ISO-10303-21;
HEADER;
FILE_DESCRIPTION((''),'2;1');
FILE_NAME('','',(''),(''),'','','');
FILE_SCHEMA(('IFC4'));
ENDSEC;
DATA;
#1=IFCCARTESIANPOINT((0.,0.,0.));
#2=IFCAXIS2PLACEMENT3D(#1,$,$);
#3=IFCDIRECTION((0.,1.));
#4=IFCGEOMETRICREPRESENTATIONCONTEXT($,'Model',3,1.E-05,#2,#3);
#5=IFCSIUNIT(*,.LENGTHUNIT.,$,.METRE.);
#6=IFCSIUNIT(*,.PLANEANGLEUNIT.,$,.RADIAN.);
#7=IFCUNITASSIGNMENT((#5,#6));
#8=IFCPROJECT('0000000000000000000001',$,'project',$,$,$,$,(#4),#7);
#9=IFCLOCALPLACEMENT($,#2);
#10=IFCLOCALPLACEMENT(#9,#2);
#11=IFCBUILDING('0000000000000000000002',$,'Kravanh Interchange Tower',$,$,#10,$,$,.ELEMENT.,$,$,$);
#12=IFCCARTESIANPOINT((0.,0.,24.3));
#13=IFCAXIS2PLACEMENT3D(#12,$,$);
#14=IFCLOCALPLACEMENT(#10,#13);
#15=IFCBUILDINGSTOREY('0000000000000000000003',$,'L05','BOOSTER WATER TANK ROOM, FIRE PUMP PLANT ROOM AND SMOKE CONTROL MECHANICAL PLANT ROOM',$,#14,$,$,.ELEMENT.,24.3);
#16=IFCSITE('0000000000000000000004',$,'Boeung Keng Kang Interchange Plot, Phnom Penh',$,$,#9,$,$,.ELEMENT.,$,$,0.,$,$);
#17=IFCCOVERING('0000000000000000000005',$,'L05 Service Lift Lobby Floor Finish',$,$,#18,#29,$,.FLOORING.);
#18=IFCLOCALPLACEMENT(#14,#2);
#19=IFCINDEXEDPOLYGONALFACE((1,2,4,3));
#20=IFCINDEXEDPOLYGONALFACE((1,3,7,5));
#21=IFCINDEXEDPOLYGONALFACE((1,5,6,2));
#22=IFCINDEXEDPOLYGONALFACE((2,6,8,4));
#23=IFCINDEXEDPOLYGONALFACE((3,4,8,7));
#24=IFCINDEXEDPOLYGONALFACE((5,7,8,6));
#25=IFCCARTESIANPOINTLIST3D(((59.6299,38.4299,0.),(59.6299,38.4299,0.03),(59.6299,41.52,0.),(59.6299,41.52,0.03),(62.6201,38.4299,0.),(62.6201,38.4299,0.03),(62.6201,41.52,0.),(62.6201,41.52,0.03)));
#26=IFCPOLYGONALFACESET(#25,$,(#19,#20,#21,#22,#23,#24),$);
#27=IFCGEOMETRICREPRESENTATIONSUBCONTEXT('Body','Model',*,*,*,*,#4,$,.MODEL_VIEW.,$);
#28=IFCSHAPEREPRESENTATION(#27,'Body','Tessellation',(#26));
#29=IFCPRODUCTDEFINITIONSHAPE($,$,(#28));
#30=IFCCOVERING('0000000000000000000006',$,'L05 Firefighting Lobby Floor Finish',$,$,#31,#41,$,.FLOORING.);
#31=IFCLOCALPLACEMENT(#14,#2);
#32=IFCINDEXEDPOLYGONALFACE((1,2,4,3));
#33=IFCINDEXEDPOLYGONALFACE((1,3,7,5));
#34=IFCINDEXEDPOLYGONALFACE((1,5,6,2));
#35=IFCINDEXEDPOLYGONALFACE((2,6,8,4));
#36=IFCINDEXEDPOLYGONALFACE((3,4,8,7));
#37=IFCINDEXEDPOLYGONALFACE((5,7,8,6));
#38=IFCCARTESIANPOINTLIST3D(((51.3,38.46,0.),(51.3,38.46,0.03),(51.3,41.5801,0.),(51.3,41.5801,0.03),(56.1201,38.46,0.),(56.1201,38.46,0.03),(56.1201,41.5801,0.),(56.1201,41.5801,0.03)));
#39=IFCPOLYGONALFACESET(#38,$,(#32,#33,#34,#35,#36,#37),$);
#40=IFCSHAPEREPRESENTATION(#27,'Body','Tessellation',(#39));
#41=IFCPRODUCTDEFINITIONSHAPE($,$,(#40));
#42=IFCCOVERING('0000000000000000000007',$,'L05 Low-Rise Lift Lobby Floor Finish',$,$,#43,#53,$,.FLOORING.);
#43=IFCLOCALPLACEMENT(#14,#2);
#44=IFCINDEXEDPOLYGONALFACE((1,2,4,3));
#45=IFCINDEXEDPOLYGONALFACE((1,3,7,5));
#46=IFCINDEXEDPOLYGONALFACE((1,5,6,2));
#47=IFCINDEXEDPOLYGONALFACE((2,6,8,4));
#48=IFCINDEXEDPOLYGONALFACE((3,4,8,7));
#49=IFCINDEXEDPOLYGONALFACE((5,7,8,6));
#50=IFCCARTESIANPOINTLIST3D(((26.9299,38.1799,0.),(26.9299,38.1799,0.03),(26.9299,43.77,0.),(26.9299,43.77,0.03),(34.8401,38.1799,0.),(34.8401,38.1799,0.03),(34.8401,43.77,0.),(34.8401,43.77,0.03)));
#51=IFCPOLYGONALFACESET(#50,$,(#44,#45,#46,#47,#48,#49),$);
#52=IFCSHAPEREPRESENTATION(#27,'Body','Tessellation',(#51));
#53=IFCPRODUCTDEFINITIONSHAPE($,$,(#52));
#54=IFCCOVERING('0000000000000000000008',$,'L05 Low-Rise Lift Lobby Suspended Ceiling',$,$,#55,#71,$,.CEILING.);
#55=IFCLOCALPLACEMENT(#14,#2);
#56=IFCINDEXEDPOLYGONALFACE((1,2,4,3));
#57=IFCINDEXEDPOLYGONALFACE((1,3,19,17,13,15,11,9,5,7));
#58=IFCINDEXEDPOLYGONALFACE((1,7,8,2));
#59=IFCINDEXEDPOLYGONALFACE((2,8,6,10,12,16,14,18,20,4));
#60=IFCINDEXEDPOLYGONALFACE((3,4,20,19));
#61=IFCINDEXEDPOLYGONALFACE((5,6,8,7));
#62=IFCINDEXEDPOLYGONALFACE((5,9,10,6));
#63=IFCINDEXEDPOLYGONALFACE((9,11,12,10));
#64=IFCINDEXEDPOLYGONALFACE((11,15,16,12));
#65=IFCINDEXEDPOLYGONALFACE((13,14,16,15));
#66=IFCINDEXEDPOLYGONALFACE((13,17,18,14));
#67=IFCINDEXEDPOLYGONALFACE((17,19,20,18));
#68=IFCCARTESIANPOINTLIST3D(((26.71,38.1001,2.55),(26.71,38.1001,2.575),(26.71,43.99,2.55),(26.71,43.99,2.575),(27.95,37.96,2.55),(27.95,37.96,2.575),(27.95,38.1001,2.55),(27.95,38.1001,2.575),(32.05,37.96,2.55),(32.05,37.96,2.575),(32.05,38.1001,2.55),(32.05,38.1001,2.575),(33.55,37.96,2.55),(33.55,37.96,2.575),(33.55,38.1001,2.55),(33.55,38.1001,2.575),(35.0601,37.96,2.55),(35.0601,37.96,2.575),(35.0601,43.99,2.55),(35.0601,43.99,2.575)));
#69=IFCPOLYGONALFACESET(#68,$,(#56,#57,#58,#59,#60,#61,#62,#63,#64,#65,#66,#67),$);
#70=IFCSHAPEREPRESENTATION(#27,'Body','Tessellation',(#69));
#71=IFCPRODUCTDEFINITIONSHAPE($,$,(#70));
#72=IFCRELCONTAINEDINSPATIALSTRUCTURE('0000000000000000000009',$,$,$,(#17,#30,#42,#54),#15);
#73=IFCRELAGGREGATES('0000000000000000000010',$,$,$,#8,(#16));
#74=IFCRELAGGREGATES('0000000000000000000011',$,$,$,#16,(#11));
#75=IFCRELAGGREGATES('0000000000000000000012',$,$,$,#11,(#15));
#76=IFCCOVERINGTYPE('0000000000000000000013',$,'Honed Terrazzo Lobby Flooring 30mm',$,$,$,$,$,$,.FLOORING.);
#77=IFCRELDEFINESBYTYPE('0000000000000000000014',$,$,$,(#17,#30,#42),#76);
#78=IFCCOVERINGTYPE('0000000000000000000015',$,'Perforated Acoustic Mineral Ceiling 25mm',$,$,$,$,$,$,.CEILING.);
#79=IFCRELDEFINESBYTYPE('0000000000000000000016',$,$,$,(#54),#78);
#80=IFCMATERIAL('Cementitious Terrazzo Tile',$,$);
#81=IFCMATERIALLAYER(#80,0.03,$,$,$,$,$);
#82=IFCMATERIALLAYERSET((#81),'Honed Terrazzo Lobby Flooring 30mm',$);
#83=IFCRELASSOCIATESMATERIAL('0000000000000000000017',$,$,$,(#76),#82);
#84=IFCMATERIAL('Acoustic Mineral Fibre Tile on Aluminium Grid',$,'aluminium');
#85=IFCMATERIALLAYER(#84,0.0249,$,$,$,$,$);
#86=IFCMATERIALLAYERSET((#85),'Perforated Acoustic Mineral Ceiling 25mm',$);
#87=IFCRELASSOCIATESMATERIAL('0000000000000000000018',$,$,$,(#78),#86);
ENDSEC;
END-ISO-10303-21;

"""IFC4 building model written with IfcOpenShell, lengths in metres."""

from ifc_helpers import new_model, si_unit, direction, frame, origin, place, context, subcontext, project, spatial, polyline, outline, extrude, material, layer, layer_set, type_object, element, save


model = new_model("IFC4")

# Units and contexts
model_context = context("Model", 3, precision=1e-05, world=origin(), true_north=direction((0.0, 1.0)))
body_context = subcontext(model_context, "Body", "Model", "MODEL_VIEW")
ifc_project = project(units=[si_unit("LENGTHUNIT", "METRE"), si_unit("PLANEANGLEUNIT", "RADIAN")], contexts=[model_context])

# Site, building, storey
site_placement = place(None, origin())
site = spatial("IfcSite", under=ifc_project, at=site_placement, Name="Boeung Keng Kang Interchange Plot, Phnom Penh", CompositionType="ELEMENT", RefElevation=0.0)
building_placement = place(site_placement, origin())
building = spatial("IfcBuilding", under=site, at=building_placement, Name="Kravanh Interchange Tower", CompositionType="ELEMENT")
storey_placement = place(building_placement, frame((0.0, 0.0, 24.3)))
storey = spatial("IfcBuildingStorey", under=building, at=storey_placement, Name="L05", Description="BOOSTER WATER TANK ROOM, FIRE PUMP PLANT ROOM AND SMOKE CONTROL MECHANICAL PLANT ROOM", CompositionType="ELEMENT", Elevation=24.3)

# Coverings
ifc_material_1 = material(Name="Cementitious Terrazzo Tile")
ifc_layer_1 = layer(ifc_material_1, 0.03)
ifc_layer_set_1 = layer_set([ifc_layer_1], Name="Honed Terrazzo Lobby Flooring 30mm")
covering_type_1 = type_object("IfcCoveringType", Name="Honed Terrazzo Lobby Flooring 30mm", PredefinedType="FLOORING", material=ifc_layer_set_1)
covering_1_placement = place(storey_placement, origin())
element("IfcCovering", 1, at=covering_1_placement, inside=storey, type_object=covering_type_1, Name="L05 Service Lift Lobby Floor Finish", PredefinedType="FLOORING", context=body_context, shape_type="SweptSolid", body=[
    extrude(outline(polyline([(59.6299, 41.52), (62.6201, 41.52), (62.6201, 38.4299), (59.6299, 38.4299), (59.6299, 41.52)])), origin(), (0.0, 0.0, 1.0), 0.03),
])
covering_2_placement = place(storey_placement, origin())
element("IfcCovering", 2, at=covering_2_placement, inside=storey, type_object=covering_type_1, Name="L05 Firefighting Lobby Floor Finish", PredefinedType="FLOORING", context=body_context, shape_type="SweptSolid", body=[
    extrude(outline(polyline([(56.1201, 38.46), (51.3, 38.46), (51.3, 41.5801), (56.1201, 41.5801), (56.1201, 38.46)])), origin(), (0.0, 0.0, 1.0), 0.03),
])
covering_3_placement = place(storey_placement, origin())
element("IfcCovering", 3, at=covering_3_placement, inside=storey, type_object=covering_type_1, Name="L05 Low-Rise Lift Lobby Floor Finish", PredefinedType="FLOORING", context=body_context, shape_type="SweptSolid", body=[
    extrude(outline(polyline([(26.9299, 43.77), (34.8401, 43.77), (34.8401, 38.1799), (26.9299, 38.1799), (26.9299, 43.77)])), origin(), (0.0, 0.0, 1.0), 0.03),
])
ifc_material_2 = material(Name="Acoustic Mineral Fibre Tile on Aluminium Grid", Category="aluminium")
ifc_layer_2 = layer(ifc_material_2, 0.0249)
ifc_layer_set_2 = layer_set([ifc_layer_2], Name="Perforated Acoustic Mineral Ceiling 25mm")
covering_type_2 = type_object("IfcCoveringType", Name="Perforated Acoustic Mineral Ceiling 25mm", PredefinedType="CEILING", material=ifc_layer_set_2)
covering_4_placement = place(storey_placement, frame((0.0, 0.0, 2.55)))
element("IfcCovering", 4, at=covering_4_placement, inside=storey, type_object=covering_type_2, Name="L05 Low-Rise Lift Lobby Suspended Ceiling", PredefinedType="CEILING", context=body_context, shape_type="SweptSolid", body=[
    extrude(outline(polyline([(35.0601, 37.96), (33.55, 37.96), (33.55, 38.1001), (32.05, 38.1001), (32.05, 37.96), (27.95, 37.96), (27.95, 38.1001), (26.71, 38.1001), (26.71, 43.99), (35.0601, 43.99), (35.0601, 37.96)])), origin(), (0.0, 0.0, 1.0), 0.0249),
])

save(model, "model.ifc")
